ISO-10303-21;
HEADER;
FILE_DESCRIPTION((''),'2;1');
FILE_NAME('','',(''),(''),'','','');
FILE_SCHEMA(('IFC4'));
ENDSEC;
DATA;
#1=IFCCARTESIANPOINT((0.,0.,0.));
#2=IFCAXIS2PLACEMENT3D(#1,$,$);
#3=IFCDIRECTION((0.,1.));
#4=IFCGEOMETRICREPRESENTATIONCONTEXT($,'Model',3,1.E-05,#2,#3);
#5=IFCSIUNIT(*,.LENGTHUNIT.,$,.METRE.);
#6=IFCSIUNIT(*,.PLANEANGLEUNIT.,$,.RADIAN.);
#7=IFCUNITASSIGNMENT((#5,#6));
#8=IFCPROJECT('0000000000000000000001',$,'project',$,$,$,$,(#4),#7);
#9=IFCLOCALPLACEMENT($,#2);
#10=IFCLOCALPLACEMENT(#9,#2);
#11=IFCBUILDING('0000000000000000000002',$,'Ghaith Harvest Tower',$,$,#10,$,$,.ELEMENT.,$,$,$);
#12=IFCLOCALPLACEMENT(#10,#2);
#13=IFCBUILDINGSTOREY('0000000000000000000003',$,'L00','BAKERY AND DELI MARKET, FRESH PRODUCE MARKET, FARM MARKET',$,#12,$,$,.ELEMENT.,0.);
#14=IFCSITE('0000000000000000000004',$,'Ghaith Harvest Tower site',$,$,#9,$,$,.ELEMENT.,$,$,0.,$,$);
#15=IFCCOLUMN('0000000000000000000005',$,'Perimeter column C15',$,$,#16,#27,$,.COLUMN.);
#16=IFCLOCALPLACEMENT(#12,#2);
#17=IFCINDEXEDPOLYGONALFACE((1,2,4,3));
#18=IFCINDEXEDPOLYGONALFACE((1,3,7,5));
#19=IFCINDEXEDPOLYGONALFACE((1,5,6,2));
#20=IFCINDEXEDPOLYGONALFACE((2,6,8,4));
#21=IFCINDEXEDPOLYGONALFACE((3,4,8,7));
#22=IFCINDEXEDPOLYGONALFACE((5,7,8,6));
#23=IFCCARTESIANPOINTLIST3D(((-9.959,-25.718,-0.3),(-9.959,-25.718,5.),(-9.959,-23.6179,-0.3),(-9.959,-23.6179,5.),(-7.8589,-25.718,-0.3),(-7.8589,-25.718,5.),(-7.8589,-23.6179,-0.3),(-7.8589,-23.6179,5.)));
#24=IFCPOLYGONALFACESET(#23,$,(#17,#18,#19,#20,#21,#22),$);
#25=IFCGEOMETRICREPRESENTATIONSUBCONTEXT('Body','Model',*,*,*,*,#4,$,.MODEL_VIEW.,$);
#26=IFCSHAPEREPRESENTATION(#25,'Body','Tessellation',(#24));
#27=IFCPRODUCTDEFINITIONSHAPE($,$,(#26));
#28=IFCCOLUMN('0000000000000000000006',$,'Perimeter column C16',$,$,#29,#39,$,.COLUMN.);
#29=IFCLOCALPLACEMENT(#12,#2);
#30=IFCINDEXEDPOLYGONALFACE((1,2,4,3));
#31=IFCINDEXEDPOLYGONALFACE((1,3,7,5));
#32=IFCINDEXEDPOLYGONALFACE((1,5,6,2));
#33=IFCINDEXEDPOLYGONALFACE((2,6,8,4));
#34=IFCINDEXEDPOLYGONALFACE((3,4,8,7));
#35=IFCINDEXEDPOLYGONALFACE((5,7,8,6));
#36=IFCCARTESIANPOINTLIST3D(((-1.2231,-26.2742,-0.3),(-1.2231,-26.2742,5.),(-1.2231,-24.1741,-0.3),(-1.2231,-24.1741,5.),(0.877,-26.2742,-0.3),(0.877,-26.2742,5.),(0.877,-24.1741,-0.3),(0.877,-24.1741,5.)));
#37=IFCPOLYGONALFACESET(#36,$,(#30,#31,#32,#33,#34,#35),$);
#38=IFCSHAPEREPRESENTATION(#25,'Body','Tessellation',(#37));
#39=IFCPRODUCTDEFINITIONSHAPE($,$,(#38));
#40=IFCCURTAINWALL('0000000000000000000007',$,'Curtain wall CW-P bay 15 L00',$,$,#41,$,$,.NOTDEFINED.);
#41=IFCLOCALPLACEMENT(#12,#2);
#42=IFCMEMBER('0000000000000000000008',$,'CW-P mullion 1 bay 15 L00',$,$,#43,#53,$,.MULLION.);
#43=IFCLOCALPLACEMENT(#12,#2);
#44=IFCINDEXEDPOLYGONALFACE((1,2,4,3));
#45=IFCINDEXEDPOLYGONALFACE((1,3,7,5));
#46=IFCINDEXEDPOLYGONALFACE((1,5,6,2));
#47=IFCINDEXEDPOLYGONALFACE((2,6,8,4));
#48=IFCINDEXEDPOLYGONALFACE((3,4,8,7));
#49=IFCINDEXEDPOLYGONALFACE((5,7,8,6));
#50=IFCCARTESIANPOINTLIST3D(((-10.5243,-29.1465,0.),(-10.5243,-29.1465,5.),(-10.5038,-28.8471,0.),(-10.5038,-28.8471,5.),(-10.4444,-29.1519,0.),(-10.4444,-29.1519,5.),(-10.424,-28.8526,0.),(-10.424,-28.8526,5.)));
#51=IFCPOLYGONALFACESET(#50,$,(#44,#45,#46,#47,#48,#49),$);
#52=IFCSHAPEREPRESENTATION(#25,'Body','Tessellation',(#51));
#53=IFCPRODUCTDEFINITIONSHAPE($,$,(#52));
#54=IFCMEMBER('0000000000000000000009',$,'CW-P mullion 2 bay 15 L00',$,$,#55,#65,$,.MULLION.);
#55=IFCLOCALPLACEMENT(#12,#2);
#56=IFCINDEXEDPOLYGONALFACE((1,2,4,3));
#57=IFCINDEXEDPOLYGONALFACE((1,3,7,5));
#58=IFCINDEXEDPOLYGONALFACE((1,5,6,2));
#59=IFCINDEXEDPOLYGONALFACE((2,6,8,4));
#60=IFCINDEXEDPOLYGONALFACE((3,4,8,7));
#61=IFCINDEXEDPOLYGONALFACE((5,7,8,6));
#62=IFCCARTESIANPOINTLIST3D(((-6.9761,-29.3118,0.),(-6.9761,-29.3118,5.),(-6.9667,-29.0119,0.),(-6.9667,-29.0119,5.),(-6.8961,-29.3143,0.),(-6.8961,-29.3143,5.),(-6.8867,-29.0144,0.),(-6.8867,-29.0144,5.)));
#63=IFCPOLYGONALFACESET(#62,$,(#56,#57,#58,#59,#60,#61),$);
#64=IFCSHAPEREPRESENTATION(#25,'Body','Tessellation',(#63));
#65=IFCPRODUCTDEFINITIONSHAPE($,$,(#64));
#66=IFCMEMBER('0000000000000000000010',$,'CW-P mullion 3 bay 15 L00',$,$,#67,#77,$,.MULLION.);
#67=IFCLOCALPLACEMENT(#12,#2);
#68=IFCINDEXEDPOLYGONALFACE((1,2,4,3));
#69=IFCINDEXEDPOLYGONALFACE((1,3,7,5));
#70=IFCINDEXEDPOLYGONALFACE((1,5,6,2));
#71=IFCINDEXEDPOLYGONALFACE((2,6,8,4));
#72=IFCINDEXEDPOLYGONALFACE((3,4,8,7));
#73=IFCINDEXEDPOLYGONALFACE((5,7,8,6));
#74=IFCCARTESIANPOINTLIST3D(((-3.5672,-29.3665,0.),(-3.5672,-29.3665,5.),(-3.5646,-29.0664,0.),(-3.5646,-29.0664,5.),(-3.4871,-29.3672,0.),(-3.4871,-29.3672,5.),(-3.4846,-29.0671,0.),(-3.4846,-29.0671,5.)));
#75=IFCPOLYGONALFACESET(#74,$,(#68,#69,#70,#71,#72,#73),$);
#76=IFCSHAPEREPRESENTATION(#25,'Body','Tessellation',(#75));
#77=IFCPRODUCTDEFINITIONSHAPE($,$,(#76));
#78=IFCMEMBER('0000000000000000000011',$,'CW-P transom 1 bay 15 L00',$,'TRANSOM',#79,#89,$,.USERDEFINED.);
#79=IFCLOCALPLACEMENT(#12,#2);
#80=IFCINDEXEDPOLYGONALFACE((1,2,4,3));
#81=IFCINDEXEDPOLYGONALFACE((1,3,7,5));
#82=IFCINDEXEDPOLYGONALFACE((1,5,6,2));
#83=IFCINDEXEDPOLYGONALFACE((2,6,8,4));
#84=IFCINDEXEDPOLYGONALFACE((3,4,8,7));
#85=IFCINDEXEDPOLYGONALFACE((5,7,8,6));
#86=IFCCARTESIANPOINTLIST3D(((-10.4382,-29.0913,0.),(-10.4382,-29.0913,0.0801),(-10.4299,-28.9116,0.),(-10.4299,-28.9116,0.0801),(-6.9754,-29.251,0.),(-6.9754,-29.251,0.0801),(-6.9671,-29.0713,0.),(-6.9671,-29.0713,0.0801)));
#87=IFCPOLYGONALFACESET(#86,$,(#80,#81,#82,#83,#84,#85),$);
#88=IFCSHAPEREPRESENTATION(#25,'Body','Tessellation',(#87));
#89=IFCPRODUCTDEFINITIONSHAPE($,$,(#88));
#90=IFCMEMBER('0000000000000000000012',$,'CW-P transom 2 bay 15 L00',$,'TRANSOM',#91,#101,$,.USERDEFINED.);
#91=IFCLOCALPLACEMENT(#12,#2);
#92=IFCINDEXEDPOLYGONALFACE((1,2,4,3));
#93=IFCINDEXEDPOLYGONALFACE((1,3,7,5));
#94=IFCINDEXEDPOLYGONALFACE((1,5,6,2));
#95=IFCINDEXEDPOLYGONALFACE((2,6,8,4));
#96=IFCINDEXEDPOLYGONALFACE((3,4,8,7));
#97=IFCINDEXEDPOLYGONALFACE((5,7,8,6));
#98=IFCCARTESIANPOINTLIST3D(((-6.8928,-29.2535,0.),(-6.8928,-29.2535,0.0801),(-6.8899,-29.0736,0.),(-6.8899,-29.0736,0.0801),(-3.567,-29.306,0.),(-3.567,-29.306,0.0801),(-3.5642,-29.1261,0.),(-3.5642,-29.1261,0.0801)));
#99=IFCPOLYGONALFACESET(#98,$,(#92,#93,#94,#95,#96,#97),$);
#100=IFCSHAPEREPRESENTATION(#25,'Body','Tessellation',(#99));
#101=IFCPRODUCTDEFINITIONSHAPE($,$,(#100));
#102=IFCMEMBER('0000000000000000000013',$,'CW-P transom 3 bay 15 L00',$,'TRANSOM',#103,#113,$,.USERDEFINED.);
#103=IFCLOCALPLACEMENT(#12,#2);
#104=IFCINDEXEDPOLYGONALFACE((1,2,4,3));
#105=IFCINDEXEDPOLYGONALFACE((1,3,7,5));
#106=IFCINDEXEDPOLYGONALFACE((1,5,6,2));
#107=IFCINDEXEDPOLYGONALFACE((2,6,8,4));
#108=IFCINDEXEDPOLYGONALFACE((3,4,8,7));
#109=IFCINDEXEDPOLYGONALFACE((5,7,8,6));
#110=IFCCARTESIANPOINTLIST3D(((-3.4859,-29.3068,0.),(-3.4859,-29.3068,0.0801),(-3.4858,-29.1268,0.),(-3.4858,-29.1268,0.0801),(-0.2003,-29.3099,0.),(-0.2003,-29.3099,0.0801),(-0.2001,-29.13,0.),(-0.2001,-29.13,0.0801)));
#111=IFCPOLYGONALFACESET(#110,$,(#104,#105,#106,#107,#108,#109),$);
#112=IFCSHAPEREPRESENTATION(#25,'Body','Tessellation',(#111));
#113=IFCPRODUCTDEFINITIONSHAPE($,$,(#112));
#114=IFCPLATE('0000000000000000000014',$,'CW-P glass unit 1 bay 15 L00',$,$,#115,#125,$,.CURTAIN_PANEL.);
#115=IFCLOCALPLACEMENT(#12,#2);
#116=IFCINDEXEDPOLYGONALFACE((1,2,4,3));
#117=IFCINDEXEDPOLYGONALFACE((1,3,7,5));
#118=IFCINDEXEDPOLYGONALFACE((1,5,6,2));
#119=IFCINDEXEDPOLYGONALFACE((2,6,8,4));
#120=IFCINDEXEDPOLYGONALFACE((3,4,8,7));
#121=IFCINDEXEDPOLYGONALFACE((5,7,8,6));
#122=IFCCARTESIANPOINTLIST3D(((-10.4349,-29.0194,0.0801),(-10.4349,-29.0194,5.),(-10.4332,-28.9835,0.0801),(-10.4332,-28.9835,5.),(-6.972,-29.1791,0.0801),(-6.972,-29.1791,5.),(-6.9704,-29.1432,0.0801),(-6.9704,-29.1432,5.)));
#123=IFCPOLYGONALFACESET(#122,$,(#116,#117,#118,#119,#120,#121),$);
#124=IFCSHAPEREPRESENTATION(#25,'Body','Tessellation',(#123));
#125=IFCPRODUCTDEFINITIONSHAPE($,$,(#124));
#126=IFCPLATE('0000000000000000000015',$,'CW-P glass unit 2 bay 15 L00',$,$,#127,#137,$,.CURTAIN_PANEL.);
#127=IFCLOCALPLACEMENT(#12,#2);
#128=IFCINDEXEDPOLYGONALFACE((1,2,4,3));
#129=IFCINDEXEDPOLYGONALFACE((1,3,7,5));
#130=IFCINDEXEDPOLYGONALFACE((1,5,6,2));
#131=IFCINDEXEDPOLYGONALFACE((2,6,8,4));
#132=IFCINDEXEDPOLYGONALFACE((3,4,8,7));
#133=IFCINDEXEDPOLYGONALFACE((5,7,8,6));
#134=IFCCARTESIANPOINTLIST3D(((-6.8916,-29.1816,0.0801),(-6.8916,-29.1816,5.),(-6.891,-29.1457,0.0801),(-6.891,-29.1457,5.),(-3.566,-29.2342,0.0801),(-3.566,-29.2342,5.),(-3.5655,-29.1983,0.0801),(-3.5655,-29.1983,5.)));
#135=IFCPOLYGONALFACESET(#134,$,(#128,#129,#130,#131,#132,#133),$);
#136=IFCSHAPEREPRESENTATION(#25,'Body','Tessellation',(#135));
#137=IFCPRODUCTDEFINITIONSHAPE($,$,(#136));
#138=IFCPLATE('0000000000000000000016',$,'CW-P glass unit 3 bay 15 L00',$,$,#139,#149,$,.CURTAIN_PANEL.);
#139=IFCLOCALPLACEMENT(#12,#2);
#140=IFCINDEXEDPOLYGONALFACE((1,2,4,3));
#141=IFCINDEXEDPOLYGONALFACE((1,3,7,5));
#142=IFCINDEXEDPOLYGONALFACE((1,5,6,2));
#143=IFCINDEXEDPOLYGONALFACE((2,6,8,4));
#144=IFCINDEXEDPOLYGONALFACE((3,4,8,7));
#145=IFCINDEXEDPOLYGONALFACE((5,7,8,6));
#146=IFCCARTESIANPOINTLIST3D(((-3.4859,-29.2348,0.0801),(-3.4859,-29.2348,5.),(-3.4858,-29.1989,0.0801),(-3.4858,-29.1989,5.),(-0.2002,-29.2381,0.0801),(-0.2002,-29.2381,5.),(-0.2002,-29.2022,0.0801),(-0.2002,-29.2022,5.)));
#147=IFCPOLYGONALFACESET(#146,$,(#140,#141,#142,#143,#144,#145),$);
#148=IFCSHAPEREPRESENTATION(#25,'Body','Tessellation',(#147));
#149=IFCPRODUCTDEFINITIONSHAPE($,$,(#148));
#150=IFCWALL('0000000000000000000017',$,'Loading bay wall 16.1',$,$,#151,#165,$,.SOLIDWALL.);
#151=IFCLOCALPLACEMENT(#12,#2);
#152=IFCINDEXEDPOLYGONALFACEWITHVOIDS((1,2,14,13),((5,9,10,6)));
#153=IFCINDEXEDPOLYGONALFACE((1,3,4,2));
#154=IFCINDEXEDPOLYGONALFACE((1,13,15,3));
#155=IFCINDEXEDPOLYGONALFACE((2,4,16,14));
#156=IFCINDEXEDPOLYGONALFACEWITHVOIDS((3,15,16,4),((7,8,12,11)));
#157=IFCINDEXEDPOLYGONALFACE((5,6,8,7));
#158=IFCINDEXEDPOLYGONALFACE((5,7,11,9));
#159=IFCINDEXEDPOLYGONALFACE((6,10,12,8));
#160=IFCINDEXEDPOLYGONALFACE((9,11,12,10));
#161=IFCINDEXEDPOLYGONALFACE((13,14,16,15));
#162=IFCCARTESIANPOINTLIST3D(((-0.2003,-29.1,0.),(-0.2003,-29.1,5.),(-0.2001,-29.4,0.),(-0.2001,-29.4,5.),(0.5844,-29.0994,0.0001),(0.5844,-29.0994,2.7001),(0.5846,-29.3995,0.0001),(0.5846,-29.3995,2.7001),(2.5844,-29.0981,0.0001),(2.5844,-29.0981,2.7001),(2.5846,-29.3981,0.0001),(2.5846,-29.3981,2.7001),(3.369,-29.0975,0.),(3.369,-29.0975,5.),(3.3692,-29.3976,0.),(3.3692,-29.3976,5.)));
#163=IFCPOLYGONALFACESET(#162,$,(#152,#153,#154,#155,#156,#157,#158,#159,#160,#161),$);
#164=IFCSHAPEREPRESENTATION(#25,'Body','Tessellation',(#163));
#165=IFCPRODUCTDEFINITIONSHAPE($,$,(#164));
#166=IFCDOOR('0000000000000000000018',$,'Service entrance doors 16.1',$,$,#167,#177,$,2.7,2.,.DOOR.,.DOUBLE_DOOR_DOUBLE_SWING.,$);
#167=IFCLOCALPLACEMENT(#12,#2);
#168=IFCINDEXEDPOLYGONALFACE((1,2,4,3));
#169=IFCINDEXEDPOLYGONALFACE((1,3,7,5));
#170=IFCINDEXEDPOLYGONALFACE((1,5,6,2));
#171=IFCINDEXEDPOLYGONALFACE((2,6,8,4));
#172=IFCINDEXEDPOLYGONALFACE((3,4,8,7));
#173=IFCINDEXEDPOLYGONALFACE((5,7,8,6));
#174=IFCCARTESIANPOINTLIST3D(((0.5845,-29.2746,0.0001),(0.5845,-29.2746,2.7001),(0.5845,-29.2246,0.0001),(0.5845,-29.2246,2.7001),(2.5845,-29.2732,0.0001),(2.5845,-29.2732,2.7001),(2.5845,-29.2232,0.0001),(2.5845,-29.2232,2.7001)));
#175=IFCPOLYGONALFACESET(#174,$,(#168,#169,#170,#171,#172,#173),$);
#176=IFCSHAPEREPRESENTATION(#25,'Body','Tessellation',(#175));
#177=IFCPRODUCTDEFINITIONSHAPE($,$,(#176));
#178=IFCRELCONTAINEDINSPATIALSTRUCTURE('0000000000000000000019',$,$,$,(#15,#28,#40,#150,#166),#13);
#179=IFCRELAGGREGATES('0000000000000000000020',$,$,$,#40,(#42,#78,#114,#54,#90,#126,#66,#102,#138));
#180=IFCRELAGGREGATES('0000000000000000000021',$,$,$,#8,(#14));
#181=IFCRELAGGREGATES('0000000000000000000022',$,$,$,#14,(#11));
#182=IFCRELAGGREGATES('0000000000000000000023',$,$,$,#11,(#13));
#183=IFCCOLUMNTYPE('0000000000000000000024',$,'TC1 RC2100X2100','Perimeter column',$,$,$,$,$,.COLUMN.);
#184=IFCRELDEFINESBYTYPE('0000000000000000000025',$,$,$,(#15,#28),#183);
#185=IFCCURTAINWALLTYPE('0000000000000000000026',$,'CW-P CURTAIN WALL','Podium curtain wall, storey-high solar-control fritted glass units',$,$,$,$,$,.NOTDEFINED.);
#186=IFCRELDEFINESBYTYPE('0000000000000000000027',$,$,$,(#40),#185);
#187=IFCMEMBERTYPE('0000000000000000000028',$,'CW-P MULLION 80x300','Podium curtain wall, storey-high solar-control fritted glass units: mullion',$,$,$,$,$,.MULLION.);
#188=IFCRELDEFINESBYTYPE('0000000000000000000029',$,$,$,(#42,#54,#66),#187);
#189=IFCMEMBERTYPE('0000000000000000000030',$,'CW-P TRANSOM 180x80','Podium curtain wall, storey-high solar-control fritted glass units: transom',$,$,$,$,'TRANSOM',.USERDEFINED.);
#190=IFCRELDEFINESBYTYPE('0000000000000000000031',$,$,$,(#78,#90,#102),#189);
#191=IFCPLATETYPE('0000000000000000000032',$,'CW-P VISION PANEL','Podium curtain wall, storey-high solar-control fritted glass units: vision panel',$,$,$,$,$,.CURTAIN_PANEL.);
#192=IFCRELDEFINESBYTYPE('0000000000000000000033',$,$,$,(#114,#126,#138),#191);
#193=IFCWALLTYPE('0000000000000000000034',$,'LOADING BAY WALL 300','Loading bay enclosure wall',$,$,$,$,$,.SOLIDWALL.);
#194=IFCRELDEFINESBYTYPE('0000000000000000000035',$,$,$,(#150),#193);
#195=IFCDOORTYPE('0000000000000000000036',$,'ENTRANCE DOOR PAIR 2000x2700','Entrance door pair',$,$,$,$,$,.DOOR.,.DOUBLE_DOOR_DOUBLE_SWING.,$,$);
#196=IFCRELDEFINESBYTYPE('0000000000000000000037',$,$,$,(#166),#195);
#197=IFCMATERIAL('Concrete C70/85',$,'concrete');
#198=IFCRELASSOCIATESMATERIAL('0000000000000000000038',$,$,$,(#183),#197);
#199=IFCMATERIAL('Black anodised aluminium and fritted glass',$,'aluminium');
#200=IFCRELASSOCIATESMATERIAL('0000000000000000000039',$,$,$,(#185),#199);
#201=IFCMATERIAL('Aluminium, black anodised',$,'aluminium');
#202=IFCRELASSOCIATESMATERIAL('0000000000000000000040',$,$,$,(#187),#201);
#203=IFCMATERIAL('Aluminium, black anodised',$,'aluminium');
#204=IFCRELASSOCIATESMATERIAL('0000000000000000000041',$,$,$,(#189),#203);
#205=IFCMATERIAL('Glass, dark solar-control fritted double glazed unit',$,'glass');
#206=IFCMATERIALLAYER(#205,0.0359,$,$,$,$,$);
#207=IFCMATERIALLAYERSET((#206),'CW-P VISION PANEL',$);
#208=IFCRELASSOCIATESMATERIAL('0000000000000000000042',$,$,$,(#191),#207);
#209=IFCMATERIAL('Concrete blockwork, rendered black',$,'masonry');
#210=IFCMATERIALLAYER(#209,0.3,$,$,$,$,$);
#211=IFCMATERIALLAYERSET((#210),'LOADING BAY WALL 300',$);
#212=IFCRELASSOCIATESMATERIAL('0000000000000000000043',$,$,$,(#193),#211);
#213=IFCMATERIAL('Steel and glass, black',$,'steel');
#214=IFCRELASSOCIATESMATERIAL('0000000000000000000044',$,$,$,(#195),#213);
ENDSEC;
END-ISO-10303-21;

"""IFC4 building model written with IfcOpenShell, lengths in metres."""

from ifc_helpers import new_model, si_unit, direction, frame, frame_2d, origin, origin_2d, place, context, subcontext, project, spatial, rectangle, extrude, material, layer, layer_set, material_profile, profile_set, type_object, element, fill, aggregate, save


model = new_model("IFC4")

# Units and contexts
model_context = context("Model", 3, precision=1e-05, world=origin(), true_north=direction((0.0, 1.0)))
body_context = subcontext(model_context, "Body", "Model", "MODEL_VIEW")
ifc_project = project(units=[si_unit("LENGTHUNIT", "METRE"), si_unit("PLANEANGLEUNIT", "RADIAN")], contexts=[model_context])

# Site, building, storey
site_placement = place(None, origin())
site = spatial("IfcSite", under=ifc_project, at=site_placement, Name="Ghaith Harvest Tower site", CompositionType="ELEMENT", RefElevation=0.0)
building_placement = place(site_placement, origin())
building = spatial("IfcBuilding", under=site, at=building_placement, Name="Ghaith Harvest Tower", CompositionType="ELEMENT")
storey_placement = place(building_placement, origin())
storey = spatial("IfcBuildingStorey", under=building, at=storey_placement, Name="L00", Description="BAKERY AND DELI MARKET, FRESH PRODUCE MARKET, FARM MARKET", CompositionType="ELEMENT", Elevation=0.0)

# Columns
ifc_material_1 = material(Name="Concrete C70/85", Category="concrete")
ifc_material_profile_1 = material_profile(ifc_material_1, rectangle(XDim=2.1001, YDim=2.1001, at=origin_2d()), Name="RC2100X2100")
ifc_profile_set_1 = profile_set([ifc_material_profile_1], Name="Concrete C70/85")
column_type_1 = type_object("IfcColumnType", Name="TC1 RC2100X2100", Description="Perimeter column", PredefinedType="COLUMN", material=ifc_profile_set_1)
for number, where, z_axis, x_axis, name in (
    (1, (-8.9089, -24.668, -0.3), (0.0, 0.0, 1.0), (1.0, 0.0, 0.0), "Perimeter column C15"),
    (2, (-0.1731, -25.2241, -0.3), (0.0, 0.0, 1.0), (1.0, 0.0, 0.0), "Perimeter column C16"),
):
    element("IfcColumn", number, at=place(storey_placement, frame(where, z_axis=z_axis, x_axis=x_axis)), inside=storey, type_object=column_type_1, Name=name, PredefinedType="COLUMN", context=body_context, shape_type="SweptSolid", body=[
        extrude(rectangle(XDim=2.1001, YDim=2.1001, at=origin_2d()), origin(), (0.0, 0.0, 1.0), 5.3),
    ])

# Curtain wall, members, plates
ifc_material_2 = material(Name="Black anodised aluminium and fritted glass", Category="aluminium")
curtain_wall_type = type_object("IfcCurtainWallType", Name="CW-P CURTAIN WALL", Description="Podium curtain wall, storey-high solar-control fritted glass units", PredefinedType="NOTDEFINED", material=ifc_material_2)
curtain_wall_placement = place(storey_placement, origin())
curtain_wall = element("IfcCurtainWall", 3, at=curtain_wall_placement, inside=storey, type_object=curtain_wall_type, Name="Curtain wall CW-P bay 15 L00", PredefinedType="NOTDEFINED")
ifc_material_3 = material(Name="Aluminium, black anodised", Category="aluminium")
ifc_material_profile_2 = material_profile(ifc_material_3, rectangle(XDim=0.0801, YDim=0.3, at=origin_2d()), Name="CW-P MULLION 80x300")
ifc_profile_set_2 = profile_set([ifc_material_profile_2], Name="Aluminium, black anodised")
member_type_1 = type_object("IfcMemberType", Name="CW-P MULLION 80x300", Description="Podium curtain wall, storey-high solar-control fritted glass units: mullion", PredefinedType="MULLION", material=ifc_profile_set_2)
member_1_placement = place(storey_placement, frame((-10.4741, -28.9995, 0.0), z_axis=(0.0, 0.0, 1.0), x_axis=(0.997678, -0.068107, 0.0)))
member_1 = element("IfcMember", 4, at=member_1_placement, type_object=member_type_1, Name="CW-P mullion 1 bay 15 L00", PredefinedType="MULLION", context=body_context, shape_type="SweptSolid", body=[
    extrude(rectangle(XDim=0.0801, YDim=0.3, at=origin_2d()), origin(), (0.0, 0.0, 1.0), 5.0),
])
member_2_placement = place(storey_placement, frame((-6.9314, -29.1631, 0.0), z_axis=(0.0, 0.0, 1.0), x_axis=(0.999512, -0.031241, 0.0)))
member_2 = element("IfcMember", 5, at=member_2_placement, type_object=member_type_1, Name="CW-P mullion 2 bay 15 L00", PredefinedType="MULLION", context=body_context, shape_type="SweptSolid", body=[
    extrude(rectangle(XDim=0.0801, YDim=0.3, at=origin_2d()), origin(), (0.0, 0.0, 1.0), 5.0),
])
member_3_placement = place(storey_placement, frame((-3.5259, -29.2168, 0.0), z_axis=(0.0, 0.0, 1.0), x_axis=(0.999964, -0.008484, 0.0)))
member_3 = element("IfcMember", 6, at=member_3_placement, type_object=member_type_1, Name="CW-P mullion 3 bay 15 L00", PredefinedType="MULLION", context=body_context, shape_type="SweptSolid", body=[
    extrude(rectangle(XDim=0.0801, YDim=0.3, at=origin_2d()), origin(), (0.0, 0.0, 1.0), 5.0),
])
ifc_material_4 = material(Name="Aluminium, black anodised", Category="aluminium")
ifc_material_profile_3 = material_profile(ifc_material_4, rectangle(XDim=0.1799, YDim=0.0801, at=origin_2d()), Name="CW-P TRANSOM 180x80")
ifc_profile_set_3 = profile_set([ifc_material_profile_3], Name="Aluminium, black anodised")
member_type_2 = type_object("IfcMemberType", Name="CW-P TRANSOM 180x80", Description="Podium curtain wall, storey-high solar-control fritted glass units: transom", ElementType="TRANSOM", PredefinedType="USERDEFINED", material=ifc_profile_set_3)
member_4_placement = place(storey_placement, frame((-10.4341, -29.0015, 0.04), z_axis=(0.998939, -0.046059, 0.0), x_axis=(0.046059, 0.998939, 0.0)))
member_4 = element("IfcMember", 7, at=member_4_placement, type_object=member_type_2, Name="CW-P transom 1 bay 15 L00", ObjectType="TRANSOM", PredefinedType="USERDEFINED", context=body_context, shape_type="SweptSolid", body=[
    extrude(rectangle(XDim=0.1799, YDim=0.0801, at=origin_2d()), origin(), (0.0, 0.0, 1.0), 3.4666),
])
member_5_placement = place(storey_placement, frame((-6.8914, -29.1636, 0.04), z_axis=(0.999875, -0.015781, 0.0), x_axis=(0.015781, 0.999875, 0.0)))
member_5 = element("IfcMember", 8, at=member_5_placement, type_object=member_type_2, Name="CW-P transom 2 bay 15 L00", ObjectType="TRANSOM", PredefinedType="USERDEFINED", context=body_context, shape_type="SweptSolid", body=[
    extrude(rectangle(XDim=0.1799, YDim=0.0801, at=origin_2d()), origin(), (0.0, 0.0, 1.0), 3.3262),
])
member_6_placement = place(storey_placement, frame((-3.4858, -29.2168, 0.04), z_axis=(1.0, -0.000966, 0.0), x_axis=(0.000966, 1.0, 0.0)))
member_6 = element("IfcMember", 9, at=member_6_placement, type_object=member_type_2, Name="CW-P transom 3 bay 15 L00", ObjectType="TRANSOM", PredefinedType="USERDEFINED", context=body_context, shape_type="SweptSolid", body=[
    extrude(rectangle(XDim=0.1799, YDim=0.0801, at=origin_2d()), origin(), (0.0, 0.0, 1.0), 3.2856),
])
ifc_material_5 = material(Name="Glass, dark solar-control fritted double glazed unit", Category="glass")
ifc_layer_1 = layer(ifc_material_5, 0.0359)
ifc_layer_set_1 = layer_set([ifc_layer_1], Name="CW-P VISION PANEL")
plate_type = type_object("IfcPlateType", Name="CW-P VISION PANEL", Description="Podium curtain wall, storey-high solar-control fritted glass units: vision panel", PredefinedType="CURTAIN_PANEL", material=ifc_layer_set_1)
plate_1_placement = place(storey_placement, frame((-8.7026, -29.0813, 0.0801), z_axis=(0.0, 0.0, 1.0), x_axis=(0.998939, -0.046057, 0.0)))
plate_1 = element("IfcPlate", 10, at=plate_1_placement, type_object=plate_type, Name="CW-P glass unit 1 bay 15 L00", PredefinedType="CURTAIN_PANEL", context=body_context, shape_type="SweptSolid", body=[
    extrude(rectangle(XDim=3.4666, YDim=0.0359, at=origin_2d()), origin(), (0.0, 0.0, 1.0), 4.9199),
])
plate_2_placement = place(storey_placement, frame((-5.2285, -29.1899, 0.0801), z_axis=(0.0, 0.0, 1.0), x_axis=(0.999875, -0.015807, 0.0)))
plate_2 = element("IfcPlate", 11, at=plate_2_placement, type_object=plate_type, Name="CW-P glass unit 2 bay 15 L00", PredefinedType="CURTAIN_PANEL", context=body_context, shape_type="SweptSolid", body=[
    extrude(rectangle(XDim=3.3259, YDim=0.0359, at=origin_2d()), origin(), (0.0, 0.0, 1.0), 4.9199),
])
plate_3_placement = place(storey_placement, frame((-1.843, -29.2185, 0.0801), z_axis=(0.0, 0.0, 1.0), x_axis=(1.0, -0.000984, 0.0)))
plate_3 = element("IfcPlate", 12, at=plate_3_placement, type_object=plate_type, Name="CW-P glass unit 3 bay 15 L00", PredefinedType="CURTAIN_PANEL", context=body_context, shape_type="SweptSolid", body=[
    extrude(rectangle(XDim=3.2856, YDim=0.0359, at=origin_2d()), origin(), (0.0, 0.0, 1.0), 4.9199),
])
aggregate(curtain_wall, [member_1, member_4, plate_1, member_2, member_5, plate_2, member_3, member_6, plate_3])

# Wall, opening, door
ifc_material_6 = material(Name="Concrete blockwork, rendered black", Category="masonry")
ifc_layer_2 = layer(ifc_material_6, 0.3)
ifc_layer_set_2 = layer_set([ifc_layer_2], Name="LOADING BAY WALL 300")
wall_type = type_object("IfcWallType", Name="LOADING BAY WALL 300", Description="Loading bay enclosure wall", PredefinedType="SOLIDWALL", material=ifc_layer_set_2)
wall_placement = place(storey_placement, frame((-0.2002, -29.25, 0.0), z_axis=(0.0, 0.0, 1.0), x_axis=(1.0, 0.000684, 0.0)))
wall = element("IfcWall", 13, at=wall_placement, inside=storey, type_object=wall_type, Name="Loading bay wall 16.1", PredefinedType="SOLIDWALL", context=body_context, shape_type="SweptSolid", body=[
    extrude(rectangle(XDim=3.5693, YDim=0.3, at=frame_2d((1.7847, 0.0))), origin(), (0.0, 0.0, 1.0), 5.0),
])
opening_placement = place(wall_placement, frame((0.7847, 0.0, 0.0)))
opening = element("IfcOpeningElement", 14, at=opening_placement, cuts=wall, PredefinedType="OPENING", context=body_context, shape_type="SweptSolid", body=[
    extrude(rectangle(XDim=2.0, YDim=2.7, at=frame_2d((1.0, 1.3501))), frame((0.0, 0.1602, 0.0), z_axis=(0.0, -1.0, 0.0), x_axis=(1.0, 0.0, 0.0)), (0.0, 0.0, 1.0), 0.3201),
])
ifc_material_7 = material(Name="Steel and glass, black", Category="steel")
door_type = type_object("IfcDoorType", Name="ENTRANCE DOOR PAIR 2000x2700", Description="Entrance door pair", OperationType="DOUBLE_DOOR_DOUBLE_SWING", PredefinedType="DOOR", material=ifc_material_7)
door_placement = place(opening_placement, origin())
door = element("IfcDoor", 15, at=door_placement, inside=storey, type_object=door_type, Name="Service entrance doors 16.1", OperationType="DOUBLE_DOOR_DOUBLE_SWING", OverallHeight=2.7, OverallWidth=2.0, PredefinedType="DOOR", context=body_context, shape_type="SweptSolid", body=[
    extrude(rectangle(XDim=2.0, YDim=2.7, at=frame_2d((1.0, 1.3501))), frame((0.0, 0.0249, 0.0), z_axis=(0.0, -1.0, 0.0), x_axis=(1.0, 0.0, 0.0)), (0.0, 0.0, 1.0), 0.05),
])
fill(opening, door)

save(model, "model.ifc")
